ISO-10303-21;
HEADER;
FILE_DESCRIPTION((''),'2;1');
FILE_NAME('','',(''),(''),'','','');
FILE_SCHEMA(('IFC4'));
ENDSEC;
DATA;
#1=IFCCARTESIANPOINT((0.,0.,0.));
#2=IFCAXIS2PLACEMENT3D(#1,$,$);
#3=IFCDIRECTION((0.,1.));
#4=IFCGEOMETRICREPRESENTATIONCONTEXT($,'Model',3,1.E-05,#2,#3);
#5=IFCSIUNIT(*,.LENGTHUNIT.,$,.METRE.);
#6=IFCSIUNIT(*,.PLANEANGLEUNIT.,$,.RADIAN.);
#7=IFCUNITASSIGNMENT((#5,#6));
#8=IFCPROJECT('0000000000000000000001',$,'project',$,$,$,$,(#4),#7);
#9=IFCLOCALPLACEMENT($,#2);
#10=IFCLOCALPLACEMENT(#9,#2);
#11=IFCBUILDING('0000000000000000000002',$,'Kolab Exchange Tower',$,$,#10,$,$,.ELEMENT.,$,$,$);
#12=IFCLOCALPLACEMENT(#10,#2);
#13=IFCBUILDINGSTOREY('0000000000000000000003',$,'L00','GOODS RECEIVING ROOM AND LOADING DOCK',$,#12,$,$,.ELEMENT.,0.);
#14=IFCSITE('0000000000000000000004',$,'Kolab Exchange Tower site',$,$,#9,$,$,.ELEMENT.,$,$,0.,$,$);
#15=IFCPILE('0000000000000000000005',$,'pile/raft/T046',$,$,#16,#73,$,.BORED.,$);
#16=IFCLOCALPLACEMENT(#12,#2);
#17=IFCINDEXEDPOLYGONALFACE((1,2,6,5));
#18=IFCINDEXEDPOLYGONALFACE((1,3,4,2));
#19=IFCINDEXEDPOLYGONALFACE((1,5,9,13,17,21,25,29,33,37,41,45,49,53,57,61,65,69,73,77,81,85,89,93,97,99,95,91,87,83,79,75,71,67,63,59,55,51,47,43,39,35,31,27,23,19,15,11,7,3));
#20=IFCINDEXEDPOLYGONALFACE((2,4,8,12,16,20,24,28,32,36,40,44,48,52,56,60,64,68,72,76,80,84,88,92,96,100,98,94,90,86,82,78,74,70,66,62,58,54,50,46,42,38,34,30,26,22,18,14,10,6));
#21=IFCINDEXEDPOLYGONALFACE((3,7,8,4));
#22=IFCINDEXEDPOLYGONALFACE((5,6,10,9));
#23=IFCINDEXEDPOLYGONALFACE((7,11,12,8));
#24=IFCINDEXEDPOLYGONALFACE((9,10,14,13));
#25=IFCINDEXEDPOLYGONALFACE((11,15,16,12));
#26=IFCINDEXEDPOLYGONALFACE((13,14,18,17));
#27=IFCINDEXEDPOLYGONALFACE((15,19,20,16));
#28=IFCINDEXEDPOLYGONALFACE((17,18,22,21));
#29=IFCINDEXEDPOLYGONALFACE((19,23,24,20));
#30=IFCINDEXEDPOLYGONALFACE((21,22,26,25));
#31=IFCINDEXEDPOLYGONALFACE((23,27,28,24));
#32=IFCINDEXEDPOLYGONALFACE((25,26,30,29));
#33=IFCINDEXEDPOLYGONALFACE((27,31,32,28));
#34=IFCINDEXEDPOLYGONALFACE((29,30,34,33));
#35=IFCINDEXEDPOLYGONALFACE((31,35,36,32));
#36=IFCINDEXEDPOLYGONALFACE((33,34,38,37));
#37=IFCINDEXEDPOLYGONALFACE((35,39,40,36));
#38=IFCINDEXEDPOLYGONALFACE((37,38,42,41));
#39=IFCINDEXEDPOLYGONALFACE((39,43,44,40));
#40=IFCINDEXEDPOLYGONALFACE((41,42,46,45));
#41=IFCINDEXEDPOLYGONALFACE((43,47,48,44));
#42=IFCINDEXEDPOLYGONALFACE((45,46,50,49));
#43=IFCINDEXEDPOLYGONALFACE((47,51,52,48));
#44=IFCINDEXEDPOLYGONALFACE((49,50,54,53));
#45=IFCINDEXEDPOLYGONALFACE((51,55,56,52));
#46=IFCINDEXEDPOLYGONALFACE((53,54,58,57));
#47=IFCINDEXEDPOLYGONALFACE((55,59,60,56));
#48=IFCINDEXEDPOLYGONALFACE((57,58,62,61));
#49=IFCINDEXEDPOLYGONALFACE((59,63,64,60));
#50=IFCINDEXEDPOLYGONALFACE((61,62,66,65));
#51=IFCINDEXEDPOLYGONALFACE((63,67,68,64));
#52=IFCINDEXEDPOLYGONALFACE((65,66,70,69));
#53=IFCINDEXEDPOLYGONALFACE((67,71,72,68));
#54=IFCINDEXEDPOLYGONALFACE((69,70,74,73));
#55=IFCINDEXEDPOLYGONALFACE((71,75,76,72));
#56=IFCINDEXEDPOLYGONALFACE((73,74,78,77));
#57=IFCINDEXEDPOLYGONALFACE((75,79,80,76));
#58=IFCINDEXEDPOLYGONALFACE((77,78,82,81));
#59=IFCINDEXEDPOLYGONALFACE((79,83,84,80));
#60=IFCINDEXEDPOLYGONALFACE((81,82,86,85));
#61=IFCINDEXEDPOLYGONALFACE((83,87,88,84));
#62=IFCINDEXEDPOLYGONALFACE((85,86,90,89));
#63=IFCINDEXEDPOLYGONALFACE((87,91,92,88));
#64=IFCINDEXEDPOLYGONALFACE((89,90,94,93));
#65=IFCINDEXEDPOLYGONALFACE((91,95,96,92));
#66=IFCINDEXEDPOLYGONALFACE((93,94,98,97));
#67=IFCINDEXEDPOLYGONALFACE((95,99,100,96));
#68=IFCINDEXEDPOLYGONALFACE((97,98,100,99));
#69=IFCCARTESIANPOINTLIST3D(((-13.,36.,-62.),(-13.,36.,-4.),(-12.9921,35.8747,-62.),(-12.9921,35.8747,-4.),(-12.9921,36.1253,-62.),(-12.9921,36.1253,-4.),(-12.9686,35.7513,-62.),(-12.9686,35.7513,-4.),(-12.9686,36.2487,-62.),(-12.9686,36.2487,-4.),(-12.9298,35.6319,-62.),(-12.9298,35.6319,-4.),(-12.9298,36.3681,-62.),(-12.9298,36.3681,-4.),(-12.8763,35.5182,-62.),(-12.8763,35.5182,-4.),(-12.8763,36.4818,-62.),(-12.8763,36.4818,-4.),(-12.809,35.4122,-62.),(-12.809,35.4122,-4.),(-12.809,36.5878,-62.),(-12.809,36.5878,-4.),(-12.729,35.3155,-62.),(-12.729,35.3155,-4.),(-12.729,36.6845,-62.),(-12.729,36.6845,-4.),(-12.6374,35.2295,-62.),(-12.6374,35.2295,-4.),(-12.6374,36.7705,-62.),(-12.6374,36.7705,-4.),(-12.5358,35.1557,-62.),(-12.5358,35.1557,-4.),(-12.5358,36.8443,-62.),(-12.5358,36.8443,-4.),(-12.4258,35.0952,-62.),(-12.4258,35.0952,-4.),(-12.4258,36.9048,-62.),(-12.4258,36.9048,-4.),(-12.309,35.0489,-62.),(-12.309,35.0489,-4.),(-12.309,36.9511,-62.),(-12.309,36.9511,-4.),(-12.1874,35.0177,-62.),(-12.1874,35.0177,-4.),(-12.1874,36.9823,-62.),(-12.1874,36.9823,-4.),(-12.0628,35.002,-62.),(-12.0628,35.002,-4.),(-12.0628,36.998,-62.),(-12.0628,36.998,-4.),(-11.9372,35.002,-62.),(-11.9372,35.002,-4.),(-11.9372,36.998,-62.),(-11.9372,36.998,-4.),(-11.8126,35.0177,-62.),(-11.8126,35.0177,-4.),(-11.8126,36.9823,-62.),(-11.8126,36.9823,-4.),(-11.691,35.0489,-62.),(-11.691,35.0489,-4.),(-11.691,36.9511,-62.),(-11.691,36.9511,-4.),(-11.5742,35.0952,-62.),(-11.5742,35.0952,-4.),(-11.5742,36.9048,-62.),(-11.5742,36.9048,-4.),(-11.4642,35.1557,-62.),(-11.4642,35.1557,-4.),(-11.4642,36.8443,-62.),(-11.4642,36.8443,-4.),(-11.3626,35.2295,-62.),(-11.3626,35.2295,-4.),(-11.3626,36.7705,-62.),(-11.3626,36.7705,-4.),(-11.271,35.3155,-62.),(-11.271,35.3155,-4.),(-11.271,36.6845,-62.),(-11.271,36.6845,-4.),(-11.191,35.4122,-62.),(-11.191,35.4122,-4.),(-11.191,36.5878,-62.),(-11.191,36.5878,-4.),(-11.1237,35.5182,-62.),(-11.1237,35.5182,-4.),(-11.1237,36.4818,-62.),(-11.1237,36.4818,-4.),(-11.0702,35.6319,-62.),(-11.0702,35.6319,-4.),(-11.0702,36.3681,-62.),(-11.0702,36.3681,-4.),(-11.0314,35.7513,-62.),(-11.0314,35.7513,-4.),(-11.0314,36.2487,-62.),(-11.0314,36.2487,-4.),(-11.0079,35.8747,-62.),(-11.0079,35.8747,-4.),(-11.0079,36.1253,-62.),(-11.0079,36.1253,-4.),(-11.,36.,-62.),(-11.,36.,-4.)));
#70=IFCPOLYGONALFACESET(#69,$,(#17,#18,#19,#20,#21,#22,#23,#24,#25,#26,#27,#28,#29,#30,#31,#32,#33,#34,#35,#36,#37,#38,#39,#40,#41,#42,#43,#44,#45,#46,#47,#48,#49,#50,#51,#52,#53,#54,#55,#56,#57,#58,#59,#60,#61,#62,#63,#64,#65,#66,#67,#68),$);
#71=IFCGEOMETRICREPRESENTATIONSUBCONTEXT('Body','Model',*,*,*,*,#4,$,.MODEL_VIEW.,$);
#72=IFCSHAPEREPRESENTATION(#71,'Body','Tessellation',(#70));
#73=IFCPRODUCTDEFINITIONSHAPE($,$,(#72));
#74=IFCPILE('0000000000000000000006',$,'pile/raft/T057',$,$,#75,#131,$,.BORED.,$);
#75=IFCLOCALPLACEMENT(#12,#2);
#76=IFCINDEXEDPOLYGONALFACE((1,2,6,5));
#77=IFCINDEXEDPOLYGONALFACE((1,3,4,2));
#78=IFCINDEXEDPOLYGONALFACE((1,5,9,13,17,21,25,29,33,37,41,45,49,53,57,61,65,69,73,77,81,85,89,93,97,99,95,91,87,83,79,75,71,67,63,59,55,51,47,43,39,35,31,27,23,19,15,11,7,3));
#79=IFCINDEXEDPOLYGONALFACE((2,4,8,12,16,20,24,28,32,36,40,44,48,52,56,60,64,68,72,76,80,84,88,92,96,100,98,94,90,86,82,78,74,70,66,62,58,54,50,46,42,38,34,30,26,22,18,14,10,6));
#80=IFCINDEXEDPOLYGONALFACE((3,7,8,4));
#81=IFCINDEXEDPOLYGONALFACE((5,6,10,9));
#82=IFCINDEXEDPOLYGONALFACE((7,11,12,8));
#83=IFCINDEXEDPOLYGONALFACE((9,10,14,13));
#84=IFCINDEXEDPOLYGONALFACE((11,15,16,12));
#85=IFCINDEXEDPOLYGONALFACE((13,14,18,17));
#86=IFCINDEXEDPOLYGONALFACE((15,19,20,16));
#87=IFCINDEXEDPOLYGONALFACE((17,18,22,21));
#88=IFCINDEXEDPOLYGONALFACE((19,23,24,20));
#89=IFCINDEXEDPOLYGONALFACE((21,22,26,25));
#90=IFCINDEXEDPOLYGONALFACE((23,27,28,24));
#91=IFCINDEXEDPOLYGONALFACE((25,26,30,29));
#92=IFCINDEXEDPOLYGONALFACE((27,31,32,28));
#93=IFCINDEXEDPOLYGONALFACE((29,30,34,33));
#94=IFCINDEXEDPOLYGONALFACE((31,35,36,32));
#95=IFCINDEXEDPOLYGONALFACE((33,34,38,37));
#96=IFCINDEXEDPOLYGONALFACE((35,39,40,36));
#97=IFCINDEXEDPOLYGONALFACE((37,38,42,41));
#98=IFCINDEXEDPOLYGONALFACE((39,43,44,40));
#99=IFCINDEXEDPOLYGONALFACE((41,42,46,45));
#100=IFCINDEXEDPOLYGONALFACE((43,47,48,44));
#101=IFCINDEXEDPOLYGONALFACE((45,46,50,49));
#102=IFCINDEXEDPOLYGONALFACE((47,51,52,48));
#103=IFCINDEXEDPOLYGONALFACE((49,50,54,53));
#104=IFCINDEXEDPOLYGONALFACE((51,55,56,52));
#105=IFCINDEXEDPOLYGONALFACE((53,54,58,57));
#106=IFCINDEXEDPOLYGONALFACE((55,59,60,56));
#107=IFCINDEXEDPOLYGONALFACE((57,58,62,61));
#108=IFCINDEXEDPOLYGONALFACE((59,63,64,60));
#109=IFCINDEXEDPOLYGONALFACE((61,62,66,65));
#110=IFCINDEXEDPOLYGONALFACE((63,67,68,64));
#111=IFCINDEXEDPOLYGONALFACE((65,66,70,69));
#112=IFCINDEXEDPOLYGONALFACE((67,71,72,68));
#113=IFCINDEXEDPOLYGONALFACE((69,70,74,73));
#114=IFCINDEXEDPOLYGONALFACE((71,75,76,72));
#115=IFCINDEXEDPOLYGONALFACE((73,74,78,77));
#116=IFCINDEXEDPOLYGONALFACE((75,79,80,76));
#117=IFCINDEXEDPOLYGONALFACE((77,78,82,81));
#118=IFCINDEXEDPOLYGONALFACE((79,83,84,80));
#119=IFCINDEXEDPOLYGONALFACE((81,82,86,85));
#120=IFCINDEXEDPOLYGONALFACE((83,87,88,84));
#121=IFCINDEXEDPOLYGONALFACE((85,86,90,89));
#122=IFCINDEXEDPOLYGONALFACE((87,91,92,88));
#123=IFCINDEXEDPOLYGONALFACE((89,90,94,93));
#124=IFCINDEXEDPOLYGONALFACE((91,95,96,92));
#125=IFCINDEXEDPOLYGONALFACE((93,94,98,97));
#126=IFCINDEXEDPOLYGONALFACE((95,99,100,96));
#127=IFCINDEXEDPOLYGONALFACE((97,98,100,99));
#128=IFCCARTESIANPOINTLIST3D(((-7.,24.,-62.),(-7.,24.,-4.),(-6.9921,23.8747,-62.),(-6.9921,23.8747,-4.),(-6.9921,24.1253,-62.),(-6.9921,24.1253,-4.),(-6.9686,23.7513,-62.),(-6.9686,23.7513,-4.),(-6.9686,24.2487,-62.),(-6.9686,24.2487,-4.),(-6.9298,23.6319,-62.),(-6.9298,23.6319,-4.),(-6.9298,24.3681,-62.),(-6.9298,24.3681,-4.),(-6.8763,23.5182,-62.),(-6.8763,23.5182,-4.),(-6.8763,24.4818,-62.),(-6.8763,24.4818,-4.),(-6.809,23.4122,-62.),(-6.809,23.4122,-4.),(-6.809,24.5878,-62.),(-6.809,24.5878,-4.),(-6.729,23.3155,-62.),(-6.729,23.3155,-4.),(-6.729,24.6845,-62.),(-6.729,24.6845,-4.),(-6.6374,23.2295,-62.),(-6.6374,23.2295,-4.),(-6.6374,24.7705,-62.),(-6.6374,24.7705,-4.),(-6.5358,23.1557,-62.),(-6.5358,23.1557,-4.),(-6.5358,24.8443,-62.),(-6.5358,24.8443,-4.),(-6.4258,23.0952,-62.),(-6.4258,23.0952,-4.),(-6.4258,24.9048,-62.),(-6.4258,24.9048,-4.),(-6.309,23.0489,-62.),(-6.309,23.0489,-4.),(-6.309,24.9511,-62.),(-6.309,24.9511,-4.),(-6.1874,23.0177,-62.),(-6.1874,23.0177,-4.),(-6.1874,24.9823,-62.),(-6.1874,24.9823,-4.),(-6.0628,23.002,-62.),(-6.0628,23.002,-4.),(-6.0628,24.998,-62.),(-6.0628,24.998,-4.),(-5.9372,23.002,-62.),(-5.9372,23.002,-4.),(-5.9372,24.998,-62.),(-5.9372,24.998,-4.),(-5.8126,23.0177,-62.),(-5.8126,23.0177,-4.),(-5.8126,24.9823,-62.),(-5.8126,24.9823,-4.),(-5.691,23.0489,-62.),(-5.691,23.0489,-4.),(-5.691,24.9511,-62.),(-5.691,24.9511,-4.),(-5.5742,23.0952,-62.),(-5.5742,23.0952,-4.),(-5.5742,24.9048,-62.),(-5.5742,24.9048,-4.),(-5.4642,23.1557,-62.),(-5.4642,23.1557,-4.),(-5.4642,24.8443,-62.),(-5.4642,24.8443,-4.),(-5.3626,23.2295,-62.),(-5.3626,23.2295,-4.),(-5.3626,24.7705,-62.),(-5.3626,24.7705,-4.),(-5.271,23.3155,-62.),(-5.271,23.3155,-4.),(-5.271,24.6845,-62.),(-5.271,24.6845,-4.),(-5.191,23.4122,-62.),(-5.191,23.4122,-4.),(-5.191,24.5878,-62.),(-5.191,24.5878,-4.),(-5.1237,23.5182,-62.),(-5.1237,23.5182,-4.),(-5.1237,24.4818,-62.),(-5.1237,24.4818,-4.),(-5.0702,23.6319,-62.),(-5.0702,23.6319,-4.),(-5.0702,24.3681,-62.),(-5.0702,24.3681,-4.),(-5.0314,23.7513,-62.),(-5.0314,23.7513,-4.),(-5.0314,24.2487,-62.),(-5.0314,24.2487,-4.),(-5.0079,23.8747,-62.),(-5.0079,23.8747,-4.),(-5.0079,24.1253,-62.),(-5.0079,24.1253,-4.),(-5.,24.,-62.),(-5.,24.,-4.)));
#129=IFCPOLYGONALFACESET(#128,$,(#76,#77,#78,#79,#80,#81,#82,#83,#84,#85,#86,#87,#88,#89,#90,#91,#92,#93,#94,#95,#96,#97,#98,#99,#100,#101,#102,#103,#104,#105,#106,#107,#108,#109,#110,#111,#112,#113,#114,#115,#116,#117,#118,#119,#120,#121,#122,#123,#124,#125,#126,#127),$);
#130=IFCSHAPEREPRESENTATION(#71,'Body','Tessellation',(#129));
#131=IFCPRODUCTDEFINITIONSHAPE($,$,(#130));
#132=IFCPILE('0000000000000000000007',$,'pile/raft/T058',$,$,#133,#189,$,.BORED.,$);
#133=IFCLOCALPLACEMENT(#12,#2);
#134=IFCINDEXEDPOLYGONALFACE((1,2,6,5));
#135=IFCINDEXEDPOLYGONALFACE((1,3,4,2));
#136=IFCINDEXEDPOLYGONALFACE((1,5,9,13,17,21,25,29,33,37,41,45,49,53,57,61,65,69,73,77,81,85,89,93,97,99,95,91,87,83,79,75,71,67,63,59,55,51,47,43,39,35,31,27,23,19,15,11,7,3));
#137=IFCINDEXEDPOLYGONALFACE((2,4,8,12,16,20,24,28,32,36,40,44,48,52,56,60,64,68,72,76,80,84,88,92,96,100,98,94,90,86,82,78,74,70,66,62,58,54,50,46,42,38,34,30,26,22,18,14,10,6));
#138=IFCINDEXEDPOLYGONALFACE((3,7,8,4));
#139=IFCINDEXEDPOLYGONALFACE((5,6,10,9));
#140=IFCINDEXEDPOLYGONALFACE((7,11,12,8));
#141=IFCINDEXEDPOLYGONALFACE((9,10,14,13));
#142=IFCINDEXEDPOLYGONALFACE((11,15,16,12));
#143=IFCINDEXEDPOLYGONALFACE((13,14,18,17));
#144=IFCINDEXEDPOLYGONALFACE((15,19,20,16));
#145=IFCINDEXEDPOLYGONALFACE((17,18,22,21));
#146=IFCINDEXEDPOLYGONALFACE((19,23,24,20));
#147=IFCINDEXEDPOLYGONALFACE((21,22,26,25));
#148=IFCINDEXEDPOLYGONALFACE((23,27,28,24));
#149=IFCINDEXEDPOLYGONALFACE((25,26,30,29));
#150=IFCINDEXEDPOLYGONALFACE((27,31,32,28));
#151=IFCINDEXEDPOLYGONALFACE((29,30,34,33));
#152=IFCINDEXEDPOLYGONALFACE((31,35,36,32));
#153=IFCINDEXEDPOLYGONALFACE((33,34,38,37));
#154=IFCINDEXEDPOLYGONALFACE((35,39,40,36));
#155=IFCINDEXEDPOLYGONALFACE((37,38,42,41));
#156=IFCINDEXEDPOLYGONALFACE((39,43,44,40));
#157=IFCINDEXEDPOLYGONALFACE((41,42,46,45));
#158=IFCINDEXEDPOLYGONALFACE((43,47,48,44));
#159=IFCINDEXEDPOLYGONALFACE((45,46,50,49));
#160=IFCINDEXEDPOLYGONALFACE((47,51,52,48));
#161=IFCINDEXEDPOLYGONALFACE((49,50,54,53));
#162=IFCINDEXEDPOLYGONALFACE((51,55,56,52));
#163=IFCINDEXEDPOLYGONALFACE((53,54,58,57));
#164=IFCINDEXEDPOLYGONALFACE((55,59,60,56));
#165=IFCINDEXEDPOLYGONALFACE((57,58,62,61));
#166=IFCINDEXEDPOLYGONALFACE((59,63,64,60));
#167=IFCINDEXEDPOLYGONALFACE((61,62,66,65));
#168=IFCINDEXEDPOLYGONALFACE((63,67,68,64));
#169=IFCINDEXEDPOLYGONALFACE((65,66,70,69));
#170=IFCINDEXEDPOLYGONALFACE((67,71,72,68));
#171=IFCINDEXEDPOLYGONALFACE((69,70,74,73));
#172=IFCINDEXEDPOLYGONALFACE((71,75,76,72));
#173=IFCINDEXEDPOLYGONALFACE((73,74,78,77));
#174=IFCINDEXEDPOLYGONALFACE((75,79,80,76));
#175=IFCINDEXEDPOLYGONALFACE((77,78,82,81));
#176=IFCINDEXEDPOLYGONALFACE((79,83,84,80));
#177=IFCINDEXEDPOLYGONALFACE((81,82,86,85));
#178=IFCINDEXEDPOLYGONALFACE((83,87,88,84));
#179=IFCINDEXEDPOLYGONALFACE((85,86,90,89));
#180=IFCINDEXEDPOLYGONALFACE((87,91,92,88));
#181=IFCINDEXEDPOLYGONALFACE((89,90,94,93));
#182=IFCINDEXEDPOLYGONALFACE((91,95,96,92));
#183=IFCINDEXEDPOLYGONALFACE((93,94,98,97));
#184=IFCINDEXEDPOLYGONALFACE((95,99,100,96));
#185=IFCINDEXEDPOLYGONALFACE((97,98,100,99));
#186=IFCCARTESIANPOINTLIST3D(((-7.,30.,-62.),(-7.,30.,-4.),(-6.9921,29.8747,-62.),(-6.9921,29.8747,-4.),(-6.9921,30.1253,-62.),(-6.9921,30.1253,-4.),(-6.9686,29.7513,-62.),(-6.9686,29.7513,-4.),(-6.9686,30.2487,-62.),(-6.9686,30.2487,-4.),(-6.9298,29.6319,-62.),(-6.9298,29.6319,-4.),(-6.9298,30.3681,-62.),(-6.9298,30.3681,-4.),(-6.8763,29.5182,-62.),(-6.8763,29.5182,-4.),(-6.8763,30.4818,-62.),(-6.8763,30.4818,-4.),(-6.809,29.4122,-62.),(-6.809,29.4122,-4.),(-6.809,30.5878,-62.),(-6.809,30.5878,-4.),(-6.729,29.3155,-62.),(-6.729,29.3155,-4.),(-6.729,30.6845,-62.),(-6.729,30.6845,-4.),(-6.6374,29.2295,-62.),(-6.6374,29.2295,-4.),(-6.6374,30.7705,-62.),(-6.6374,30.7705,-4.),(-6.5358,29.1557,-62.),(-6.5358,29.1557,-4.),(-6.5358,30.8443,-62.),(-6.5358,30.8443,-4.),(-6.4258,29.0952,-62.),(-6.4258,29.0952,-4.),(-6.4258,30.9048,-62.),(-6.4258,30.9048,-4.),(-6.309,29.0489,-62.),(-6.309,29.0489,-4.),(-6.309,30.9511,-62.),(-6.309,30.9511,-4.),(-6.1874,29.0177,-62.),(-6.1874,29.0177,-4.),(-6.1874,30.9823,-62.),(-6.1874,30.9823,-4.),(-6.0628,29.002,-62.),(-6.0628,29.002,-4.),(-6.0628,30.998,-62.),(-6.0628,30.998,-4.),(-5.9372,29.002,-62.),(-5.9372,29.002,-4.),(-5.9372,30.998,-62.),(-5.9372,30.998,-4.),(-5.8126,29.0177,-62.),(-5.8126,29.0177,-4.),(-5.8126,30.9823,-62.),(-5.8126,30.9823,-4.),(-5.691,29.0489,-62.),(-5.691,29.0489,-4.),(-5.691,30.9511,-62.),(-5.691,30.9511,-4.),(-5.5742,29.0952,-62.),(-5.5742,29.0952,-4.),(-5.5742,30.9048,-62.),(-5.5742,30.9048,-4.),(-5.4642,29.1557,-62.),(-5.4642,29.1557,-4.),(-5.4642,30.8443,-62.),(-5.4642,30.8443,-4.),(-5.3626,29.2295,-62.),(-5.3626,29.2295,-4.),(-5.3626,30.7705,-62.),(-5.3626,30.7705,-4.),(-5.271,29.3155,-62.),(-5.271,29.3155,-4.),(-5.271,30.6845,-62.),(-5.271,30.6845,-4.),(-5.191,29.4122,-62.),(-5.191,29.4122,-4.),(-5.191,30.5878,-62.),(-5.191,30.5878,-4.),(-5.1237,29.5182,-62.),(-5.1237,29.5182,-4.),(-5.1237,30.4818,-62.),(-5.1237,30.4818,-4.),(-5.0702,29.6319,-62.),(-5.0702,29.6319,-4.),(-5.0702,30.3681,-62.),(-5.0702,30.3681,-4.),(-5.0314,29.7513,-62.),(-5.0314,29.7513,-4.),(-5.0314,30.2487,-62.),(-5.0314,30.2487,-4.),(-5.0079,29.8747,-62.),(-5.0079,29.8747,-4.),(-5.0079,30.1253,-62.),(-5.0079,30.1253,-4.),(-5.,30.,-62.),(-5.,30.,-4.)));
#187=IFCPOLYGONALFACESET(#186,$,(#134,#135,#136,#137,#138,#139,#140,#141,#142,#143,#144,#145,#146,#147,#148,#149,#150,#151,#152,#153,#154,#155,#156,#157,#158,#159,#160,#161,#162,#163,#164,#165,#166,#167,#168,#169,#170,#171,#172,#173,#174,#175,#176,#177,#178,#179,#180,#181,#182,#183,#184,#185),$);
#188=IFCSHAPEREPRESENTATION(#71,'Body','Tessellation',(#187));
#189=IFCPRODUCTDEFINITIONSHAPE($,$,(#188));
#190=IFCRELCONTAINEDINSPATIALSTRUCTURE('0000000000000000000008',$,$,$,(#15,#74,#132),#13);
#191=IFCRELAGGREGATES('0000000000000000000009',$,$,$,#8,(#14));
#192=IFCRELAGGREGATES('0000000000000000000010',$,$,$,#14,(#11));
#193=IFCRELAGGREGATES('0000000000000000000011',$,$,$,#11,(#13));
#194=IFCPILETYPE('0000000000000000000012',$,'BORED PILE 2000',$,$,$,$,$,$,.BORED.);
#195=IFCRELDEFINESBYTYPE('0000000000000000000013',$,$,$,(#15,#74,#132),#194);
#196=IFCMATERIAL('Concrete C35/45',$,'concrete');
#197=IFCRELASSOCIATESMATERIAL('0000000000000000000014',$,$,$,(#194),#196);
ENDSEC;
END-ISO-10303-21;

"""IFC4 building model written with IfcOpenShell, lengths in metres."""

from ifc_helpers import new_model, si_unit, direction, frame, origin, origin_2d, place, context, subcontext, project, spatial, circle, extrude, material, material_profile, profile_set, type_object, element, save


model = new_model("IFC4")

# Units and contexts
model_context = context("Model", 3, precision=1e-05, world=origin(), true_north=direction((0.0, 1.0)))
body_context = subcontext(model_context, "Body", "Model", "MODEL_VIEW")
ifc_project = project(units=[si_unit("LENGTHUNIT", "METRE"), si_unit("PLANEANGLEUNIT", "RADIAN")], contexts=[model_context])

# Site, building, storey
site_placement = place(None, origin())
site = spatial("IfcSite", under=ifc_project, at=site_placement, Name="Kolab Exchange Tower site", CompositionType="ELEMENT", RefElevation=0.0)
building_placement = place(site_placement, origin())
building = spatial("IfcBuilding", under=site, at=building_placement, Name="Kolab Exchange Tower", CompositionType="ELEMENT")
storey_placement = place(building_placement, origin())
storey = spatial("IfcBuildingStorey", under=building, at=storey_placement, Name="L00", Description="GOODS RECEIVING ROOM AND LOADING DOCK", CompositionType="ELEMENT", Elevation=0.0)

# Piles
ifc_material_1 = material(Name="Concrete C35/45", Category="concrete")
ifc_material_profile_1 = material_profile(ifc_material_1, circle(Radius=1.0, at=origin_2d()), Name="BP2000")
ifc_profile_set_1 = profile_set([ifc_material_profile_1], Name="Concrete C35/45")
pile_type_1 = type_object("IfcPileType", Name="BORED PILE 2000", PredefinedType="BORED", material=ifc_profile_set_1)
for number, where, z_axis, x_axis, name in (
    (1, (-12.0, 36.0, -4.0), (0.0, 0.0, -1.0), (1.0, 0.0, 0.0), "pile/raft/T046"),
    (2, (-6.0, 24.0, -4.0), (0.0, 0.0, -1.0), (1.0, 0.0, 0.0), "pile/raft/T057"),
    (3, (-6.0, 30.0, -4.0), (0.0, 0.0, -1.0), (1.0, 0.0, 0.0), "pile/raft/T058"),
):
    element("IfcPile", number, at=place(storey_placement, frame(where, z_axis=z_axis, x_axis=x_axis)), inside=storey, type_object=pile_type_1, Name=name, PredefinedType="BORED", context=body_context, shape_type="SweptSolid", body=[
        extrude(circle(Radius=1.0, at=origin_2d()), origin(), (0.0, 0.0, 1.0), 58.0),
    ])

save(model, "model.ifc")
